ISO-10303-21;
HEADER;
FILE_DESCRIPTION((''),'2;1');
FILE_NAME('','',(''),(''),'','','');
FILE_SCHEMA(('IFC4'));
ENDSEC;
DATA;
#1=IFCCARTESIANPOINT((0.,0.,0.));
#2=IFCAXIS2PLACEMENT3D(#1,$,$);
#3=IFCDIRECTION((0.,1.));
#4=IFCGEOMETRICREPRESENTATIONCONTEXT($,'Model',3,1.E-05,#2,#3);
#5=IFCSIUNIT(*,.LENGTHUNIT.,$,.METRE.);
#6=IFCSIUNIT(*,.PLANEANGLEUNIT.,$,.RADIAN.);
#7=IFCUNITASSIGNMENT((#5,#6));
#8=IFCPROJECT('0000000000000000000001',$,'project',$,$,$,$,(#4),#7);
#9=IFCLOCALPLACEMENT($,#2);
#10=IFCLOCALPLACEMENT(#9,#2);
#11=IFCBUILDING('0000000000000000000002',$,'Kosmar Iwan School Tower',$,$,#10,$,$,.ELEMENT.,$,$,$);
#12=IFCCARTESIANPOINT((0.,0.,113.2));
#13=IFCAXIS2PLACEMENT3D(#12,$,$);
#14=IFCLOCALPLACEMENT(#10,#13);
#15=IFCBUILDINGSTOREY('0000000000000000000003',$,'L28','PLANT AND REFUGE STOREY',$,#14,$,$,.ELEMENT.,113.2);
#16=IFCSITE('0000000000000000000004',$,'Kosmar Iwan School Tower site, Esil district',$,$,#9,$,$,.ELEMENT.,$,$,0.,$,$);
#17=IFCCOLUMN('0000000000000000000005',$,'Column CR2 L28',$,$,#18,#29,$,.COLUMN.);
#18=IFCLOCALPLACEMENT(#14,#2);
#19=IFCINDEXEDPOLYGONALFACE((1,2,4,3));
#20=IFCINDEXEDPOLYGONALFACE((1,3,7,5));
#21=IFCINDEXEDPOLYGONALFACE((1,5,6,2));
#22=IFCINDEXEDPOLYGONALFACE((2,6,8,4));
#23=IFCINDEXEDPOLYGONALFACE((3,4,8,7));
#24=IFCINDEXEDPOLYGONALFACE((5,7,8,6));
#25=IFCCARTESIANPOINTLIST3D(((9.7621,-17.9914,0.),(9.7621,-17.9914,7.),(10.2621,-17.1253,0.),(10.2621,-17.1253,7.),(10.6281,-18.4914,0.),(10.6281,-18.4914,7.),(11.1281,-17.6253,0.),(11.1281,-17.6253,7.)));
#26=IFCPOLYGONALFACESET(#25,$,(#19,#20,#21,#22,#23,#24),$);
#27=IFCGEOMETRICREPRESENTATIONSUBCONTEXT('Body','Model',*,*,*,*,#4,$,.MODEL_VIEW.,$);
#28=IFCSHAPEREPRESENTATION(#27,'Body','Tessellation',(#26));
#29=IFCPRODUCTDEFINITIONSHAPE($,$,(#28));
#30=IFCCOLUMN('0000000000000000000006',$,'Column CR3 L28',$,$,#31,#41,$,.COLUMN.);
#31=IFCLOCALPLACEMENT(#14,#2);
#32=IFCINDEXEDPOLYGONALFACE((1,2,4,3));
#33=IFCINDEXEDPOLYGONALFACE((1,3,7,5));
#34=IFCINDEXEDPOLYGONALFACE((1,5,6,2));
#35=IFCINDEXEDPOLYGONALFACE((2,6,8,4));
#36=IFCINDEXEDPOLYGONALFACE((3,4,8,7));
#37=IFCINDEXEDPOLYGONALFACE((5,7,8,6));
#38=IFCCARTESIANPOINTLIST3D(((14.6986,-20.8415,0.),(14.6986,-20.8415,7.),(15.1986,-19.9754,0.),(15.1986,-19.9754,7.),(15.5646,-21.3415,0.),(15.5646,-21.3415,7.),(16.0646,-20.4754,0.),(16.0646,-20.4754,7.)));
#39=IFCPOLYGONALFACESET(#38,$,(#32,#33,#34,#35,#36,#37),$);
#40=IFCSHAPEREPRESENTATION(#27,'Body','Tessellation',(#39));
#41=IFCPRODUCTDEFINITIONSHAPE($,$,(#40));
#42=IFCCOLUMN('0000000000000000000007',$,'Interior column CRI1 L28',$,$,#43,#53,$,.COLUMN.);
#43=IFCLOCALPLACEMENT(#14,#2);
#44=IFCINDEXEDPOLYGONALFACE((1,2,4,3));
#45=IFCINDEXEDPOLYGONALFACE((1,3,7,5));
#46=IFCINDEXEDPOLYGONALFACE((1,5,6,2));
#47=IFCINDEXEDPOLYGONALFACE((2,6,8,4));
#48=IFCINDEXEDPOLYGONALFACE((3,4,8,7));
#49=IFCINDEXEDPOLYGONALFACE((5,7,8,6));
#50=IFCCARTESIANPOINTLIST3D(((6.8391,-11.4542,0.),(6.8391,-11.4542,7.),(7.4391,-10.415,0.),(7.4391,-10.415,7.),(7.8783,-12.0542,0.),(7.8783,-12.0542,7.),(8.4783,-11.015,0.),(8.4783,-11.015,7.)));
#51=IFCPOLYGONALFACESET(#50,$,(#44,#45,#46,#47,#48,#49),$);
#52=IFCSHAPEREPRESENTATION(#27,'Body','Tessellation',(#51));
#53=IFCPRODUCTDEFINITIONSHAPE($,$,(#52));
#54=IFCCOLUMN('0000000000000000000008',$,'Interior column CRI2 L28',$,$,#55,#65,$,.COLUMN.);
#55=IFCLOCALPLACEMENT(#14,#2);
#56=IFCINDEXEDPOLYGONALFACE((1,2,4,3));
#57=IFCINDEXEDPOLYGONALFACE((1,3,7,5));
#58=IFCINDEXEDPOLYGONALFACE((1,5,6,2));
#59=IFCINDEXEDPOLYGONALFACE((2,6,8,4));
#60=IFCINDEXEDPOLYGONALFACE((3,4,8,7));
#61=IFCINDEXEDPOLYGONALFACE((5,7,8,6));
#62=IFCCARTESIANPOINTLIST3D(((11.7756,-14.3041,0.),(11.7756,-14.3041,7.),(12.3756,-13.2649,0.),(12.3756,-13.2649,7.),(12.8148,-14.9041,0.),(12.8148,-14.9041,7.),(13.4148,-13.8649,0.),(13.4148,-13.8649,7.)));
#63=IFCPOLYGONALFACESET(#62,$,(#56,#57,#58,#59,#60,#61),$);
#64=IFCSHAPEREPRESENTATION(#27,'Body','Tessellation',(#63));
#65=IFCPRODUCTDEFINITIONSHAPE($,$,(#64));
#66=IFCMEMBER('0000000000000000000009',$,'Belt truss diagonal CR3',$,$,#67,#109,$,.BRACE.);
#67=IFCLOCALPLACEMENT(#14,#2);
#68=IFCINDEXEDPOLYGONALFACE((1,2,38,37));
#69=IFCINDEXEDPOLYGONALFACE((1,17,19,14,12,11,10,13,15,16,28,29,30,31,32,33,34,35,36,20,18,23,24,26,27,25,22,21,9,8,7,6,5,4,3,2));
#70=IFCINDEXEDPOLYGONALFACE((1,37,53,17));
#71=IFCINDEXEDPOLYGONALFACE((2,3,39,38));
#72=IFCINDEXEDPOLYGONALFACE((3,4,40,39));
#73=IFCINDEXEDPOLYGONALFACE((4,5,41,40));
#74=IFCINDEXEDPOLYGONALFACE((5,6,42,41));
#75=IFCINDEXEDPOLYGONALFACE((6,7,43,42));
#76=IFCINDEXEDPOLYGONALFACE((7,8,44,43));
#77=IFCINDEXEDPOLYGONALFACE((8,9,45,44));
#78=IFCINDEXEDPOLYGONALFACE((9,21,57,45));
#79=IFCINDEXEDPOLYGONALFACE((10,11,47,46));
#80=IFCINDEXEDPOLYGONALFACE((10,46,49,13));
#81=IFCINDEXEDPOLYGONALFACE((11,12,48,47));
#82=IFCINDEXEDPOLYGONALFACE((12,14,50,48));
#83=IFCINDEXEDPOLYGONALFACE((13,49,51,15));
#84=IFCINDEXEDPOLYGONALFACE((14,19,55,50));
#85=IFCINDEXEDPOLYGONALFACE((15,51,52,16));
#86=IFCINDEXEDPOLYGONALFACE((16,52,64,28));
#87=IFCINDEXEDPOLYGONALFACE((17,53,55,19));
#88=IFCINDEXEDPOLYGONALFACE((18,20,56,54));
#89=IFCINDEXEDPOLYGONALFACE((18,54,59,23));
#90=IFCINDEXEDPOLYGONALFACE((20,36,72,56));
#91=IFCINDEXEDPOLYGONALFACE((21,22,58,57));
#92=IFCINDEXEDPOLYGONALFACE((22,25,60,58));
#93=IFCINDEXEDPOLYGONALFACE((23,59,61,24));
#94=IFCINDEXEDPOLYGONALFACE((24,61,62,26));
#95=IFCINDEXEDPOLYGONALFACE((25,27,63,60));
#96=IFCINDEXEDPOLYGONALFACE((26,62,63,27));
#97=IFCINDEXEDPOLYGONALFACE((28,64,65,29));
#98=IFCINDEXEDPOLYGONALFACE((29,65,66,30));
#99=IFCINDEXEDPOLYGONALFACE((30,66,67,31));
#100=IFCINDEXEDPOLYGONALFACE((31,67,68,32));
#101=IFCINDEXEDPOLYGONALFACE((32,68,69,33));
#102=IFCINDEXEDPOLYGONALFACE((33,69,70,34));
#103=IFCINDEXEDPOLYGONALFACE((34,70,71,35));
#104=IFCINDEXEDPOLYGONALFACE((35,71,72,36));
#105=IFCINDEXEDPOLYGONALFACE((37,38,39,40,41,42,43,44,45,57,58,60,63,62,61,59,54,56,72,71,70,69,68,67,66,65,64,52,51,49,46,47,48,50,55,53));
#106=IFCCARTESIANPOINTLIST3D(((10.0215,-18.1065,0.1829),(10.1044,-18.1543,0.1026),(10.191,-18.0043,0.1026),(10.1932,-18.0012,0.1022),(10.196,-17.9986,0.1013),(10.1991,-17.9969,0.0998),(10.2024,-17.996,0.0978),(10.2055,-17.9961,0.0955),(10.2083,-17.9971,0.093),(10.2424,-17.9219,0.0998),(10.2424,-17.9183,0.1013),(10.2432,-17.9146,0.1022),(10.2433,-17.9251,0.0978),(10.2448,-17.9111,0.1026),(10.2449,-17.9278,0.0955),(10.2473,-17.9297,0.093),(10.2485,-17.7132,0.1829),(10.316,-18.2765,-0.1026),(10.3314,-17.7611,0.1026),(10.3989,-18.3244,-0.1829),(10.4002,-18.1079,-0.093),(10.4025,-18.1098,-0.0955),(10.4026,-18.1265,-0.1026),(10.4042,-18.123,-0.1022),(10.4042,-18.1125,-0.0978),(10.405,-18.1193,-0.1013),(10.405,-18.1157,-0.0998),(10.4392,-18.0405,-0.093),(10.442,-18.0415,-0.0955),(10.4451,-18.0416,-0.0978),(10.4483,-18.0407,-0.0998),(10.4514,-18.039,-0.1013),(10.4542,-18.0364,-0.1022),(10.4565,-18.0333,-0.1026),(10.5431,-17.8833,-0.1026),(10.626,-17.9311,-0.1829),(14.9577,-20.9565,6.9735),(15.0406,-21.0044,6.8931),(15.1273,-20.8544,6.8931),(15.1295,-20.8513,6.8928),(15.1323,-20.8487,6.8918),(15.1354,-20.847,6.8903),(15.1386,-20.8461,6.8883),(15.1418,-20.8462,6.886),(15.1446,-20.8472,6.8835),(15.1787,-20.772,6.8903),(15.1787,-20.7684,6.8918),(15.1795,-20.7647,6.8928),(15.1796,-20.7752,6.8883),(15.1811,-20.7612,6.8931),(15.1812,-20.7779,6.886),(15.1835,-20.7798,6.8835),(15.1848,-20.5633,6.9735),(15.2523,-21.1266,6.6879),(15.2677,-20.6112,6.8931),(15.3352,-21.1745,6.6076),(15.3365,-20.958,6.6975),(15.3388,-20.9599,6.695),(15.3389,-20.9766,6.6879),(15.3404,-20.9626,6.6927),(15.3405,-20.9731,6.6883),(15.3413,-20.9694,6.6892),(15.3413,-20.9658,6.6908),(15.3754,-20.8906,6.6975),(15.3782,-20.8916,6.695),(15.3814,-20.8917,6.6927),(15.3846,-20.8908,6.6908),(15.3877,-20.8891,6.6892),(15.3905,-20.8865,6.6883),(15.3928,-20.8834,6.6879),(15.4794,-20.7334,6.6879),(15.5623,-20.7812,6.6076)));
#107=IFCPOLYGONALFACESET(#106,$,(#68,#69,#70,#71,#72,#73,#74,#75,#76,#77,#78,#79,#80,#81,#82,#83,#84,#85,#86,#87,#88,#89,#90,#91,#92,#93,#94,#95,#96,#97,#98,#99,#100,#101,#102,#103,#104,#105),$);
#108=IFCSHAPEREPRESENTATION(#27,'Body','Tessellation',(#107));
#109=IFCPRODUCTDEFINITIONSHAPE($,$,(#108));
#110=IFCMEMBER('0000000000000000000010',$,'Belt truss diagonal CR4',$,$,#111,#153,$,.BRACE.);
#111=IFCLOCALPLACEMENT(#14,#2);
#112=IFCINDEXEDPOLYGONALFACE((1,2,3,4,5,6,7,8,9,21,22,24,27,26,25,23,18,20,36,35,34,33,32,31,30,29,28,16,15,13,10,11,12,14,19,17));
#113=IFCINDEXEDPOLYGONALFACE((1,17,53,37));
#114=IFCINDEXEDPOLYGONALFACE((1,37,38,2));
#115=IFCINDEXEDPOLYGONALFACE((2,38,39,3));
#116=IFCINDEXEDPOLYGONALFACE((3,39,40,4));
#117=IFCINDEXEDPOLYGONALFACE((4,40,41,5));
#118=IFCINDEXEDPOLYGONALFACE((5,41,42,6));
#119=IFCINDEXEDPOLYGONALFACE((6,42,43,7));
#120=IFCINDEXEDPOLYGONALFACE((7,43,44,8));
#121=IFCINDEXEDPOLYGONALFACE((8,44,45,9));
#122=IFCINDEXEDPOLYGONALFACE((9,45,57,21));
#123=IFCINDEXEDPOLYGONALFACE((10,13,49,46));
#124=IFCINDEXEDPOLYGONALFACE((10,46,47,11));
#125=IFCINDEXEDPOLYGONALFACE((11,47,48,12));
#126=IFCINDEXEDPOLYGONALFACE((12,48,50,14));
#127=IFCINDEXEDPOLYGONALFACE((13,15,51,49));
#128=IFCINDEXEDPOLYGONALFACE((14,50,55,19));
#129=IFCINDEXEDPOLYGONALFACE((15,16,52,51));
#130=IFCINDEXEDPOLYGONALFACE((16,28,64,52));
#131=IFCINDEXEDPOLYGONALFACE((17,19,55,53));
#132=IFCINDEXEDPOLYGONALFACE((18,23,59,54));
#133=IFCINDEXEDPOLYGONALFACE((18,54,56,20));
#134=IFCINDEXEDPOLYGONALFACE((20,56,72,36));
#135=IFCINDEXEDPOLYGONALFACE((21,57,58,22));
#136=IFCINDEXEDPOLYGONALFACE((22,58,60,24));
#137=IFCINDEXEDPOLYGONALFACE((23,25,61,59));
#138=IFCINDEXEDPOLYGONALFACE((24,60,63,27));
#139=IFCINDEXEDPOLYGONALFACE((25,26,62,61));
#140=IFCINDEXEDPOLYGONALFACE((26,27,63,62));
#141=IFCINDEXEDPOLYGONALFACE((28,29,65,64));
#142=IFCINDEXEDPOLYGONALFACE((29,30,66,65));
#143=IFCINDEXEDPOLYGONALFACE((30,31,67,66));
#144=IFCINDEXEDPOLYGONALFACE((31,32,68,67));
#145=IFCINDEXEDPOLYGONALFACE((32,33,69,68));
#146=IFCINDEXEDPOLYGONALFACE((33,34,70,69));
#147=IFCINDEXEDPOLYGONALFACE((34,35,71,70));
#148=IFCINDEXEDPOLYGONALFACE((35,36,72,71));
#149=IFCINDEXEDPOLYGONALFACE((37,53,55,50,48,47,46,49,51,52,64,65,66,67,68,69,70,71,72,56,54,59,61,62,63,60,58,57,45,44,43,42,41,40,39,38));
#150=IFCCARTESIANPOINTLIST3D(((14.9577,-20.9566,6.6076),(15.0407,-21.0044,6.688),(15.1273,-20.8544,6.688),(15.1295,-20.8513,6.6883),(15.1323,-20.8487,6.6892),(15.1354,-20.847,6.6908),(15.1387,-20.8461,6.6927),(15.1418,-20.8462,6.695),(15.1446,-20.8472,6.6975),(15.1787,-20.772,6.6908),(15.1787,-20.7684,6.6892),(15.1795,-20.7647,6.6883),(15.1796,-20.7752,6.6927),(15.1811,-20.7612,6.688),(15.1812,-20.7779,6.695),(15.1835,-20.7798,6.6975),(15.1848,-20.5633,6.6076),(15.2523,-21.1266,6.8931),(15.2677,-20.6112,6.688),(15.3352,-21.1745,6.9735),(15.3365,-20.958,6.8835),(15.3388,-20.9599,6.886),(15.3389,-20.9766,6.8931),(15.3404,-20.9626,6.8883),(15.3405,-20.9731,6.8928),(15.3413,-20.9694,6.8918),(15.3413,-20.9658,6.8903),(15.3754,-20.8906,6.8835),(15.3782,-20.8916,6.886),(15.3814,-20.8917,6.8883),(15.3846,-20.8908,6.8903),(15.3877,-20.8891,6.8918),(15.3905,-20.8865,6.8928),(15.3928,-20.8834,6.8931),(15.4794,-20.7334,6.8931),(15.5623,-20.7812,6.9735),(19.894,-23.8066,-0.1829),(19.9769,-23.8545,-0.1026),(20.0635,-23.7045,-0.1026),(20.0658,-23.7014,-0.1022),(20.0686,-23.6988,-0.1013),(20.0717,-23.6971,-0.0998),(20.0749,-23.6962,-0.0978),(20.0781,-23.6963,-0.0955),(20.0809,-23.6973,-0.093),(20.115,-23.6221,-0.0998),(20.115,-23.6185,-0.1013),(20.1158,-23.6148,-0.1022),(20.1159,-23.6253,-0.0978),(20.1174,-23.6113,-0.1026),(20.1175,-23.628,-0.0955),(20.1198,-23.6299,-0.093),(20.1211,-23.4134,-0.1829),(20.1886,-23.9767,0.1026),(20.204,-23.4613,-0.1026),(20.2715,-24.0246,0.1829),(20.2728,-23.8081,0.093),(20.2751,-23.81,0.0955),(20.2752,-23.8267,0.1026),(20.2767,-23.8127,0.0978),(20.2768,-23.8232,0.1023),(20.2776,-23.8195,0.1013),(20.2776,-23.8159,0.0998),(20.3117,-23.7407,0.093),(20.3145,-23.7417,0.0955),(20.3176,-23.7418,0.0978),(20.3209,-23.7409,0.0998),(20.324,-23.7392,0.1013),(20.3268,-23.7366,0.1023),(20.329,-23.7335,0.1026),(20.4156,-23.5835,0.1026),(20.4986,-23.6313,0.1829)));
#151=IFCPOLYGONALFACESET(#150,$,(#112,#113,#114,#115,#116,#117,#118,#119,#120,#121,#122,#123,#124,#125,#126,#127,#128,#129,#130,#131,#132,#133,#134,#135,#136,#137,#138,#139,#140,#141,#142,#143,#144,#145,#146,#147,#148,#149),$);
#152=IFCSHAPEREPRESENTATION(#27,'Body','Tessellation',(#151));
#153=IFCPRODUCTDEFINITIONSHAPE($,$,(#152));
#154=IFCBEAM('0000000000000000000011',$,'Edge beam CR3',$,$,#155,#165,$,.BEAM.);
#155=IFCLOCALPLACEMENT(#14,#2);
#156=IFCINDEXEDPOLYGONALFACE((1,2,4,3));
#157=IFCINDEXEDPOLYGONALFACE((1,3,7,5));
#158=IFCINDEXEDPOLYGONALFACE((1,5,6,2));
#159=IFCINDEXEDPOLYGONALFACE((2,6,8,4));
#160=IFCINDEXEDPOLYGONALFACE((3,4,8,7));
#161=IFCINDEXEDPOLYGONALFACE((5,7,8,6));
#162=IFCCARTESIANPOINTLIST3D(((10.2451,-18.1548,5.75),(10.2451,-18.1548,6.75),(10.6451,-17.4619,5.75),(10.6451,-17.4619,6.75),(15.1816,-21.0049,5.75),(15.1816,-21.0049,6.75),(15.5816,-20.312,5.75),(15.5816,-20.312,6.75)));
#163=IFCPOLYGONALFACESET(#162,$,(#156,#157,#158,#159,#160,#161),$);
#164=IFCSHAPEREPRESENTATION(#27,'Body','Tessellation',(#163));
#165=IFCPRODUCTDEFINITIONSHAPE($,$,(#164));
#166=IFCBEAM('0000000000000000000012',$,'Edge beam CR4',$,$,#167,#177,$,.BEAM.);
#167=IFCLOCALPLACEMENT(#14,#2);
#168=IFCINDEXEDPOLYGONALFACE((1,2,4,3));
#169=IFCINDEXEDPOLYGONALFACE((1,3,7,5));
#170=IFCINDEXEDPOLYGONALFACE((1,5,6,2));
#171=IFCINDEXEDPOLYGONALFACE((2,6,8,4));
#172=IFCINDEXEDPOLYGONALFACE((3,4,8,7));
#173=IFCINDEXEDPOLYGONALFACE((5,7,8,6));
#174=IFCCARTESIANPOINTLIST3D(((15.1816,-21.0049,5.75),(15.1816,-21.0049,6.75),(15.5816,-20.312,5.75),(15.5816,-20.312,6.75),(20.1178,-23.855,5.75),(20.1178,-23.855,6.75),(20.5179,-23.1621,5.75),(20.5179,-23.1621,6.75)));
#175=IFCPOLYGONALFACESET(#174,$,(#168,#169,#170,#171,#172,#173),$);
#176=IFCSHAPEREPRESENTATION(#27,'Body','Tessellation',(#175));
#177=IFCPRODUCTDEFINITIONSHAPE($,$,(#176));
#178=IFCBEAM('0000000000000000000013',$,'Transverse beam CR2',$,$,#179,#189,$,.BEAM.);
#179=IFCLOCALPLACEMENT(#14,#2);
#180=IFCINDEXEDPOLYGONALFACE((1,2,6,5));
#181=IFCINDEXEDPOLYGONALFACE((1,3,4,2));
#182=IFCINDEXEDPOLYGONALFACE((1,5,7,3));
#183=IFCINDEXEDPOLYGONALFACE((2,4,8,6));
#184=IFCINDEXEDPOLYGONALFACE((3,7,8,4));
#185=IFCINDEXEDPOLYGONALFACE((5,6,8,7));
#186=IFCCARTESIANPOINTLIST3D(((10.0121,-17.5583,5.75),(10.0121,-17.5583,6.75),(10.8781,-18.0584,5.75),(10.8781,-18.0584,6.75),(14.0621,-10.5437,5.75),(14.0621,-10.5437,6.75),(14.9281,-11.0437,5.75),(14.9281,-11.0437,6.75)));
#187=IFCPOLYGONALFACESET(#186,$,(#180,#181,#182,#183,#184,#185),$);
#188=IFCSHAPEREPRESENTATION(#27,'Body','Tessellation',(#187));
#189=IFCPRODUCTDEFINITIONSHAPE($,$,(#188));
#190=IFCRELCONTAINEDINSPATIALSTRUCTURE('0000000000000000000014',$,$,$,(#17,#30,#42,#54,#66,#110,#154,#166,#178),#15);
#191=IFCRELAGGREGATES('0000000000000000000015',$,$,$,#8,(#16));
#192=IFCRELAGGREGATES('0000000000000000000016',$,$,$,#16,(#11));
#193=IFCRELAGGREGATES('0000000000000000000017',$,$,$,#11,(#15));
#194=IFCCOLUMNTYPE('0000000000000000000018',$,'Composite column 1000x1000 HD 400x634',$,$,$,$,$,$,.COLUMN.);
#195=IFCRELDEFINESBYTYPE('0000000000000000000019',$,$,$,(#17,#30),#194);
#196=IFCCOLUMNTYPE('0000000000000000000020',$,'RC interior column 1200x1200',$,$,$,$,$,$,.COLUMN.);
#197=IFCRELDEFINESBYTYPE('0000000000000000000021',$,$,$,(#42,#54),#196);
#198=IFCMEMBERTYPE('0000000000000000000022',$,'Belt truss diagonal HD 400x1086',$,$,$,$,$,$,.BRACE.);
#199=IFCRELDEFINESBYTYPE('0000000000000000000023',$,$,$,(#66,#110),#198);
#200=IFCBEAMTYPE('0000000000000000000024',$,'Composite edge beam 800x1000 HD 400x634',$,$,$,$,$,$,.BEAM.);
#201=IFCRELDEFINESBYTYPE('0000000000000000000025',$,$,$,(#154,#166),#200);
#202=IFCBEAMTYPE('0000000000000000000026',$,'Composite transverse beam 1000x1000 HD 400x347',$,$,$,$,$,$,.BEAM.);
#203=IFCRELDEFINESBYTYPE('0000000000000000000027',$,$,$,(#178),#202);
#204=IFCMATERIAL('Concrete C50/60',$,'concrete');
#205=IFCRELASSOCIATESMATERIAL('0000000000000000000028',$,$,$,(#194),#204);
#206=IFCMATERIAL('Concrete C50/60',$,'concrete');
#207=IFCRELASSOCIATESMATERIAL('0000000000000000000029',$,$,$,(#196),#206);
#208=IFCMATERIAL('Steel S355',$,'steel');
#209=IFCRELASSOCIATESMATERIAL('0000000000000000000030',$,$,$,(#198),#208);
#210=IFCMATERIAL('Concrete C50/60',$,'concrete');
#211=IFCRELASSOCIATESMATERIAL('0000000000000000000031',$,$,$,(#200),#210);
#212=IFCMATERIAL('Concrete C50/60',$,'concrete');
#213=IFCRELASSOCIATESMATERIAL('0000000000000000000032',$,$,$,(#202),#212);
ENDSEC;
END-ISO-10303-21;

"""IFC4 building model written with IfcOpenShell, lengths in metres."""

from ifc_helpers import new_model, si_unit, direction, frame, origin, origin_2d, place, context, subcontext, project, spatial, rectangle, i_section, extrude, material, material_profile, profile_set, type_object, element, save


model = new_model("IFC4")

# Units and contexts
model_context = context("Model", 3, precision=1e-05, world=origin(), true_north=direction((0.0, 1.0)))
body_context = subcontext(model_context, "Body", "Model", "MODEL_VIEW")
ifc_project = project(units=[si_unit("LENGTHUNIT", "METRE"), si_unit("PLANEANGLEUNIT", "RADIAN")], contexts=[model_context])

# Site, building, storey
site_placement = place(None, origin())
site = spatial("IfcSite", under=ifc_project, at=site_placement, Name="Kosmar Iwan School Tower site, Esil district", CompositionType="ELEMENT", RefElevation=0.0)
building_placement = place(site_placement, origin())
building = spatial("IfcBuilding", under=site, at=building_placement, Name="Kosmar Iwan School Tower", CompositionType="ELEMENT")
storey_placement = place(building_placement, frame((0.0, 0.0, 113.2)))
storey = spatial("IfcBuildingStorey", under=building, at=storey_placement, Name="L28", Description="PLANT AND REFUGE STOREY", CompositionType="ELEMENT", Elevation=113.2)

# Columns
ifc_material_1 = material(Name="Concrete C50/60", Category="concrete")
ifc_material_profile_1 = material_profile(ifc_material_1, rectangle(XDim=1.0, YDim=1.0, at=origin_2d()), Name="RC 1000x1000 + HD 400x634")
ifc_profile_set_1 = profile_set([ifc_material_profile_1], Name="Concrete C50/60")
column_type_1 = type_object("IfcColumnType", Name="Composite column 1000x1000 HD 400x634", PredefinedType="COLUMN", material=ifc_profile_set_1)
for number, where, z_axis, x_axis, name in (
    (1, (10.4451, -17.8083, 0.0), (0.0, 0.0, 1.0), (0.866025, -0.5, 0.0), "Column CR2 L28"),
    (2, (15.3816, -20.6584, 0.0), (0.0, 0.0, 1.0), (0.866025, -0.5, 0.0), "Column CR3 L28"),
):
    element("IfcColumn", number, at=place(storey_placement, frame(where, z_axis=z_axis, x_axis=x_axis)), inside=storey, type_object=column_type_1, Name=name, PredefinedType="COLUMN", context=body_context, shape_type="SweptSolid", body=[
        extrude(rectangle(XDim=1.0, YDim=1.0, at=origin_2d()), origin(), (0.0, 0.0, 1.0), 7.0),
    ])
ifc_material_2 = material(Name="Concrete C50/60", Category="concrete")
ifc_material_profile_2 = material_profile(ifc_material_2, rectangle(XDim=1.2, YDim=1.2, at=origin_2d()), Name="RC 1200x1200")
ifc_profile_set_2 = profile_set([ifc_material_profile_2], Name="Concrete C50/60")
column_type_2 = type_object("IfcColumnType", Name="RC interior column 1200x1200", PredefinedType="COLUMN", material=ifc_profile_set_2)
for number, where, z_axis, x_axis, name in (
    (3, (7.6587, -11.2346, 0.0), (0.0, 0.0, 1.0), (0.866025, -0.5, 0.0), "Interior column CRI1 L28"),
    (4, (12.5952, -14.0845, 0.0), (0.0, 0.0, 1.0), (0.866025, -0.5, 0.0), "Interior column CRI2 L28"),
):
    element("IfcColumn", number, at=place(storey_placement, frame(where, z_axis=z_axis, x_axis=x_axis)), inside=storey, type_object=column_type_2, Name=name, PredefinedType="COLUMN", context=body_context, shape_type="SweptSolid", body=[
        extrude(rectangle(XDim=1.2, YDim=1.2, at=origin_2d()), origin(), (0.0, 0.0, 1.0), 7.0),
    ])

# Members
ifc_material_3 = material(Name="Steel S355", Category="steel")
ifc_material_profile_3 = material_profile(ifc_material_3, i_section(OverallWidth=0.4541, OverallDepth=0.5691, WebThickness=0.0779, FlangeThickness=0.125, FilletRadius=0.0149, at=origin_2d()), Name="HD 400x1086")
ifc_profile_set_3 = profile_set([ifc_material_profile_3], Name="Steel S355")
member_type = type_object("IfcMemberType", Name="Belt truss diagonal HD 400x1086", PredefinedType="BRACE", material=ifc_profile_set_3)
for number, where, z_axis, x_axis, name in (
    (5, (10.3237, -18.0188, 0.0), (0.556782, -0.321474, 0.76593), (0.500018, 0.866015, 0.0), "Belt truss diagonal CR3"),
    (6, (15.26, -20.8689, 6.7905), (0.556782, -0.321474, -0.76593), (0.500018, 0.866015, 0.0), "Belt truss diagonal CR4"),
):
    element("IfcMember", number, at=place(storey_placement, frame(where, z_axis=z_axis, x_axis=x_axis)), inside=storey, type_object=member_type, Name=name, PredefinedType="BRACE", context=body_context, shape_type="SweptSolid", body=[
        extrude(i_section(OverallWidth=0.4541, OverallDepth=0.5691, WebThickness=0.0779, FlangeThickness=0.125, FilletRadius=0.0149, at=origin_2d()), origin(), (0.0, 0.0, 1.0), 8.8657),
    ])

# Beams
ifc_material_4 = material(Name="Concrete C50/60", Category="concrete")
ifc_material_profile_4 = material_profile(ifc_material_4, rectangle(XDim=0.8, YDim=1.0, at=origin_2d()), Name="RC 800x1000 + HD 400x634")
ifc_profile_set_4 = profile_set([ifc_material_profile_4], Name="Concrete C50/60")
beam_type_1 = type_object("IfcBeamType", Name="Composite edge beam 800x1000 HD 400x634", PredefinedType="BEAM", material=ifc_profile_set_4)
beam_1_placement = place(storey_placement, frame((10.4451, -17.8083, 6.25), z_axis=(0.866026, -0.499999, 0.0), x_axis=(0.499999, 0.866026, 0.0)))
element("IfcBeam", 7, at=beam_1_placement, inside=storey, type_object=beam_type_1, Name="Edge beam CR3", PredefinedType="BEAM", context=body_context, shape_type="SweptSolid", body=[
    extrude(rectangle(XDim=0.8, YDim=1.0, at=origin_2d()), origin(), (0.0, 0.0, 1.0), 5.7002),
])
beam_2_placement = place(storey_placement, frame((15.3816, -20.6584, 6.25), z_axis=(0.866015, -0.500018, 0.0), x_axis=(0.500018, 0.866015, 0.0)))
element("IfcBeam", 8, at=beam_2_placement, inside=storey, type_object=beam_type_1, Name="Edge beam CR4", PredefinedType="BEAM", context=body_context, shape_type="SweptSolid", body=[
    extrude(rectangle(XDim=0.8, YDim=1.0, at=origin_2d()), origin(), (0.0, 0.0, 1.0), 5.7),
])
ifc_material_5 = material(Name="Concrete C50/60", Category="concrete")
ifc_material_profile_5 = material_profile(ifc_material_5, rectangle(XDim=1.0, YDim=1.0, at=origin_2d()), Name="RC 1000x1000 + HD 400x347")
ifc_profile_set_5 = profile_set([ifc_material_profile_5], Name="Concrete C50/60")
beam_type_2 = type_object("IfcBeamType", Name="Composite transverse beam 1000x1000 HD 400x347", PredefinedType="BEAM", material=ifc_profile_set_5)
beam_3_placement = place(storey_placement, frame((10.4451, -17.8083, 6.25), z_axis=(0.500013, 0.866018, 0.0), x_axis=(-0.866018, 0.500013, 0.0)))
element("IfcBeam", 9, at=beam_3_placement, inside=storey, type_object=beam_type_2, Name="Transverse beam CR2", PredefinedType="BEAM", context=body_context, shape_type="SweptSolid", body=[
    extrude(rectangle(XDim=1.0, YDim=1.0, at=origin_2d()), origin(), (0.0, 0.0, 1.0), 8.0999),
])

save(model, "model.ifc")
